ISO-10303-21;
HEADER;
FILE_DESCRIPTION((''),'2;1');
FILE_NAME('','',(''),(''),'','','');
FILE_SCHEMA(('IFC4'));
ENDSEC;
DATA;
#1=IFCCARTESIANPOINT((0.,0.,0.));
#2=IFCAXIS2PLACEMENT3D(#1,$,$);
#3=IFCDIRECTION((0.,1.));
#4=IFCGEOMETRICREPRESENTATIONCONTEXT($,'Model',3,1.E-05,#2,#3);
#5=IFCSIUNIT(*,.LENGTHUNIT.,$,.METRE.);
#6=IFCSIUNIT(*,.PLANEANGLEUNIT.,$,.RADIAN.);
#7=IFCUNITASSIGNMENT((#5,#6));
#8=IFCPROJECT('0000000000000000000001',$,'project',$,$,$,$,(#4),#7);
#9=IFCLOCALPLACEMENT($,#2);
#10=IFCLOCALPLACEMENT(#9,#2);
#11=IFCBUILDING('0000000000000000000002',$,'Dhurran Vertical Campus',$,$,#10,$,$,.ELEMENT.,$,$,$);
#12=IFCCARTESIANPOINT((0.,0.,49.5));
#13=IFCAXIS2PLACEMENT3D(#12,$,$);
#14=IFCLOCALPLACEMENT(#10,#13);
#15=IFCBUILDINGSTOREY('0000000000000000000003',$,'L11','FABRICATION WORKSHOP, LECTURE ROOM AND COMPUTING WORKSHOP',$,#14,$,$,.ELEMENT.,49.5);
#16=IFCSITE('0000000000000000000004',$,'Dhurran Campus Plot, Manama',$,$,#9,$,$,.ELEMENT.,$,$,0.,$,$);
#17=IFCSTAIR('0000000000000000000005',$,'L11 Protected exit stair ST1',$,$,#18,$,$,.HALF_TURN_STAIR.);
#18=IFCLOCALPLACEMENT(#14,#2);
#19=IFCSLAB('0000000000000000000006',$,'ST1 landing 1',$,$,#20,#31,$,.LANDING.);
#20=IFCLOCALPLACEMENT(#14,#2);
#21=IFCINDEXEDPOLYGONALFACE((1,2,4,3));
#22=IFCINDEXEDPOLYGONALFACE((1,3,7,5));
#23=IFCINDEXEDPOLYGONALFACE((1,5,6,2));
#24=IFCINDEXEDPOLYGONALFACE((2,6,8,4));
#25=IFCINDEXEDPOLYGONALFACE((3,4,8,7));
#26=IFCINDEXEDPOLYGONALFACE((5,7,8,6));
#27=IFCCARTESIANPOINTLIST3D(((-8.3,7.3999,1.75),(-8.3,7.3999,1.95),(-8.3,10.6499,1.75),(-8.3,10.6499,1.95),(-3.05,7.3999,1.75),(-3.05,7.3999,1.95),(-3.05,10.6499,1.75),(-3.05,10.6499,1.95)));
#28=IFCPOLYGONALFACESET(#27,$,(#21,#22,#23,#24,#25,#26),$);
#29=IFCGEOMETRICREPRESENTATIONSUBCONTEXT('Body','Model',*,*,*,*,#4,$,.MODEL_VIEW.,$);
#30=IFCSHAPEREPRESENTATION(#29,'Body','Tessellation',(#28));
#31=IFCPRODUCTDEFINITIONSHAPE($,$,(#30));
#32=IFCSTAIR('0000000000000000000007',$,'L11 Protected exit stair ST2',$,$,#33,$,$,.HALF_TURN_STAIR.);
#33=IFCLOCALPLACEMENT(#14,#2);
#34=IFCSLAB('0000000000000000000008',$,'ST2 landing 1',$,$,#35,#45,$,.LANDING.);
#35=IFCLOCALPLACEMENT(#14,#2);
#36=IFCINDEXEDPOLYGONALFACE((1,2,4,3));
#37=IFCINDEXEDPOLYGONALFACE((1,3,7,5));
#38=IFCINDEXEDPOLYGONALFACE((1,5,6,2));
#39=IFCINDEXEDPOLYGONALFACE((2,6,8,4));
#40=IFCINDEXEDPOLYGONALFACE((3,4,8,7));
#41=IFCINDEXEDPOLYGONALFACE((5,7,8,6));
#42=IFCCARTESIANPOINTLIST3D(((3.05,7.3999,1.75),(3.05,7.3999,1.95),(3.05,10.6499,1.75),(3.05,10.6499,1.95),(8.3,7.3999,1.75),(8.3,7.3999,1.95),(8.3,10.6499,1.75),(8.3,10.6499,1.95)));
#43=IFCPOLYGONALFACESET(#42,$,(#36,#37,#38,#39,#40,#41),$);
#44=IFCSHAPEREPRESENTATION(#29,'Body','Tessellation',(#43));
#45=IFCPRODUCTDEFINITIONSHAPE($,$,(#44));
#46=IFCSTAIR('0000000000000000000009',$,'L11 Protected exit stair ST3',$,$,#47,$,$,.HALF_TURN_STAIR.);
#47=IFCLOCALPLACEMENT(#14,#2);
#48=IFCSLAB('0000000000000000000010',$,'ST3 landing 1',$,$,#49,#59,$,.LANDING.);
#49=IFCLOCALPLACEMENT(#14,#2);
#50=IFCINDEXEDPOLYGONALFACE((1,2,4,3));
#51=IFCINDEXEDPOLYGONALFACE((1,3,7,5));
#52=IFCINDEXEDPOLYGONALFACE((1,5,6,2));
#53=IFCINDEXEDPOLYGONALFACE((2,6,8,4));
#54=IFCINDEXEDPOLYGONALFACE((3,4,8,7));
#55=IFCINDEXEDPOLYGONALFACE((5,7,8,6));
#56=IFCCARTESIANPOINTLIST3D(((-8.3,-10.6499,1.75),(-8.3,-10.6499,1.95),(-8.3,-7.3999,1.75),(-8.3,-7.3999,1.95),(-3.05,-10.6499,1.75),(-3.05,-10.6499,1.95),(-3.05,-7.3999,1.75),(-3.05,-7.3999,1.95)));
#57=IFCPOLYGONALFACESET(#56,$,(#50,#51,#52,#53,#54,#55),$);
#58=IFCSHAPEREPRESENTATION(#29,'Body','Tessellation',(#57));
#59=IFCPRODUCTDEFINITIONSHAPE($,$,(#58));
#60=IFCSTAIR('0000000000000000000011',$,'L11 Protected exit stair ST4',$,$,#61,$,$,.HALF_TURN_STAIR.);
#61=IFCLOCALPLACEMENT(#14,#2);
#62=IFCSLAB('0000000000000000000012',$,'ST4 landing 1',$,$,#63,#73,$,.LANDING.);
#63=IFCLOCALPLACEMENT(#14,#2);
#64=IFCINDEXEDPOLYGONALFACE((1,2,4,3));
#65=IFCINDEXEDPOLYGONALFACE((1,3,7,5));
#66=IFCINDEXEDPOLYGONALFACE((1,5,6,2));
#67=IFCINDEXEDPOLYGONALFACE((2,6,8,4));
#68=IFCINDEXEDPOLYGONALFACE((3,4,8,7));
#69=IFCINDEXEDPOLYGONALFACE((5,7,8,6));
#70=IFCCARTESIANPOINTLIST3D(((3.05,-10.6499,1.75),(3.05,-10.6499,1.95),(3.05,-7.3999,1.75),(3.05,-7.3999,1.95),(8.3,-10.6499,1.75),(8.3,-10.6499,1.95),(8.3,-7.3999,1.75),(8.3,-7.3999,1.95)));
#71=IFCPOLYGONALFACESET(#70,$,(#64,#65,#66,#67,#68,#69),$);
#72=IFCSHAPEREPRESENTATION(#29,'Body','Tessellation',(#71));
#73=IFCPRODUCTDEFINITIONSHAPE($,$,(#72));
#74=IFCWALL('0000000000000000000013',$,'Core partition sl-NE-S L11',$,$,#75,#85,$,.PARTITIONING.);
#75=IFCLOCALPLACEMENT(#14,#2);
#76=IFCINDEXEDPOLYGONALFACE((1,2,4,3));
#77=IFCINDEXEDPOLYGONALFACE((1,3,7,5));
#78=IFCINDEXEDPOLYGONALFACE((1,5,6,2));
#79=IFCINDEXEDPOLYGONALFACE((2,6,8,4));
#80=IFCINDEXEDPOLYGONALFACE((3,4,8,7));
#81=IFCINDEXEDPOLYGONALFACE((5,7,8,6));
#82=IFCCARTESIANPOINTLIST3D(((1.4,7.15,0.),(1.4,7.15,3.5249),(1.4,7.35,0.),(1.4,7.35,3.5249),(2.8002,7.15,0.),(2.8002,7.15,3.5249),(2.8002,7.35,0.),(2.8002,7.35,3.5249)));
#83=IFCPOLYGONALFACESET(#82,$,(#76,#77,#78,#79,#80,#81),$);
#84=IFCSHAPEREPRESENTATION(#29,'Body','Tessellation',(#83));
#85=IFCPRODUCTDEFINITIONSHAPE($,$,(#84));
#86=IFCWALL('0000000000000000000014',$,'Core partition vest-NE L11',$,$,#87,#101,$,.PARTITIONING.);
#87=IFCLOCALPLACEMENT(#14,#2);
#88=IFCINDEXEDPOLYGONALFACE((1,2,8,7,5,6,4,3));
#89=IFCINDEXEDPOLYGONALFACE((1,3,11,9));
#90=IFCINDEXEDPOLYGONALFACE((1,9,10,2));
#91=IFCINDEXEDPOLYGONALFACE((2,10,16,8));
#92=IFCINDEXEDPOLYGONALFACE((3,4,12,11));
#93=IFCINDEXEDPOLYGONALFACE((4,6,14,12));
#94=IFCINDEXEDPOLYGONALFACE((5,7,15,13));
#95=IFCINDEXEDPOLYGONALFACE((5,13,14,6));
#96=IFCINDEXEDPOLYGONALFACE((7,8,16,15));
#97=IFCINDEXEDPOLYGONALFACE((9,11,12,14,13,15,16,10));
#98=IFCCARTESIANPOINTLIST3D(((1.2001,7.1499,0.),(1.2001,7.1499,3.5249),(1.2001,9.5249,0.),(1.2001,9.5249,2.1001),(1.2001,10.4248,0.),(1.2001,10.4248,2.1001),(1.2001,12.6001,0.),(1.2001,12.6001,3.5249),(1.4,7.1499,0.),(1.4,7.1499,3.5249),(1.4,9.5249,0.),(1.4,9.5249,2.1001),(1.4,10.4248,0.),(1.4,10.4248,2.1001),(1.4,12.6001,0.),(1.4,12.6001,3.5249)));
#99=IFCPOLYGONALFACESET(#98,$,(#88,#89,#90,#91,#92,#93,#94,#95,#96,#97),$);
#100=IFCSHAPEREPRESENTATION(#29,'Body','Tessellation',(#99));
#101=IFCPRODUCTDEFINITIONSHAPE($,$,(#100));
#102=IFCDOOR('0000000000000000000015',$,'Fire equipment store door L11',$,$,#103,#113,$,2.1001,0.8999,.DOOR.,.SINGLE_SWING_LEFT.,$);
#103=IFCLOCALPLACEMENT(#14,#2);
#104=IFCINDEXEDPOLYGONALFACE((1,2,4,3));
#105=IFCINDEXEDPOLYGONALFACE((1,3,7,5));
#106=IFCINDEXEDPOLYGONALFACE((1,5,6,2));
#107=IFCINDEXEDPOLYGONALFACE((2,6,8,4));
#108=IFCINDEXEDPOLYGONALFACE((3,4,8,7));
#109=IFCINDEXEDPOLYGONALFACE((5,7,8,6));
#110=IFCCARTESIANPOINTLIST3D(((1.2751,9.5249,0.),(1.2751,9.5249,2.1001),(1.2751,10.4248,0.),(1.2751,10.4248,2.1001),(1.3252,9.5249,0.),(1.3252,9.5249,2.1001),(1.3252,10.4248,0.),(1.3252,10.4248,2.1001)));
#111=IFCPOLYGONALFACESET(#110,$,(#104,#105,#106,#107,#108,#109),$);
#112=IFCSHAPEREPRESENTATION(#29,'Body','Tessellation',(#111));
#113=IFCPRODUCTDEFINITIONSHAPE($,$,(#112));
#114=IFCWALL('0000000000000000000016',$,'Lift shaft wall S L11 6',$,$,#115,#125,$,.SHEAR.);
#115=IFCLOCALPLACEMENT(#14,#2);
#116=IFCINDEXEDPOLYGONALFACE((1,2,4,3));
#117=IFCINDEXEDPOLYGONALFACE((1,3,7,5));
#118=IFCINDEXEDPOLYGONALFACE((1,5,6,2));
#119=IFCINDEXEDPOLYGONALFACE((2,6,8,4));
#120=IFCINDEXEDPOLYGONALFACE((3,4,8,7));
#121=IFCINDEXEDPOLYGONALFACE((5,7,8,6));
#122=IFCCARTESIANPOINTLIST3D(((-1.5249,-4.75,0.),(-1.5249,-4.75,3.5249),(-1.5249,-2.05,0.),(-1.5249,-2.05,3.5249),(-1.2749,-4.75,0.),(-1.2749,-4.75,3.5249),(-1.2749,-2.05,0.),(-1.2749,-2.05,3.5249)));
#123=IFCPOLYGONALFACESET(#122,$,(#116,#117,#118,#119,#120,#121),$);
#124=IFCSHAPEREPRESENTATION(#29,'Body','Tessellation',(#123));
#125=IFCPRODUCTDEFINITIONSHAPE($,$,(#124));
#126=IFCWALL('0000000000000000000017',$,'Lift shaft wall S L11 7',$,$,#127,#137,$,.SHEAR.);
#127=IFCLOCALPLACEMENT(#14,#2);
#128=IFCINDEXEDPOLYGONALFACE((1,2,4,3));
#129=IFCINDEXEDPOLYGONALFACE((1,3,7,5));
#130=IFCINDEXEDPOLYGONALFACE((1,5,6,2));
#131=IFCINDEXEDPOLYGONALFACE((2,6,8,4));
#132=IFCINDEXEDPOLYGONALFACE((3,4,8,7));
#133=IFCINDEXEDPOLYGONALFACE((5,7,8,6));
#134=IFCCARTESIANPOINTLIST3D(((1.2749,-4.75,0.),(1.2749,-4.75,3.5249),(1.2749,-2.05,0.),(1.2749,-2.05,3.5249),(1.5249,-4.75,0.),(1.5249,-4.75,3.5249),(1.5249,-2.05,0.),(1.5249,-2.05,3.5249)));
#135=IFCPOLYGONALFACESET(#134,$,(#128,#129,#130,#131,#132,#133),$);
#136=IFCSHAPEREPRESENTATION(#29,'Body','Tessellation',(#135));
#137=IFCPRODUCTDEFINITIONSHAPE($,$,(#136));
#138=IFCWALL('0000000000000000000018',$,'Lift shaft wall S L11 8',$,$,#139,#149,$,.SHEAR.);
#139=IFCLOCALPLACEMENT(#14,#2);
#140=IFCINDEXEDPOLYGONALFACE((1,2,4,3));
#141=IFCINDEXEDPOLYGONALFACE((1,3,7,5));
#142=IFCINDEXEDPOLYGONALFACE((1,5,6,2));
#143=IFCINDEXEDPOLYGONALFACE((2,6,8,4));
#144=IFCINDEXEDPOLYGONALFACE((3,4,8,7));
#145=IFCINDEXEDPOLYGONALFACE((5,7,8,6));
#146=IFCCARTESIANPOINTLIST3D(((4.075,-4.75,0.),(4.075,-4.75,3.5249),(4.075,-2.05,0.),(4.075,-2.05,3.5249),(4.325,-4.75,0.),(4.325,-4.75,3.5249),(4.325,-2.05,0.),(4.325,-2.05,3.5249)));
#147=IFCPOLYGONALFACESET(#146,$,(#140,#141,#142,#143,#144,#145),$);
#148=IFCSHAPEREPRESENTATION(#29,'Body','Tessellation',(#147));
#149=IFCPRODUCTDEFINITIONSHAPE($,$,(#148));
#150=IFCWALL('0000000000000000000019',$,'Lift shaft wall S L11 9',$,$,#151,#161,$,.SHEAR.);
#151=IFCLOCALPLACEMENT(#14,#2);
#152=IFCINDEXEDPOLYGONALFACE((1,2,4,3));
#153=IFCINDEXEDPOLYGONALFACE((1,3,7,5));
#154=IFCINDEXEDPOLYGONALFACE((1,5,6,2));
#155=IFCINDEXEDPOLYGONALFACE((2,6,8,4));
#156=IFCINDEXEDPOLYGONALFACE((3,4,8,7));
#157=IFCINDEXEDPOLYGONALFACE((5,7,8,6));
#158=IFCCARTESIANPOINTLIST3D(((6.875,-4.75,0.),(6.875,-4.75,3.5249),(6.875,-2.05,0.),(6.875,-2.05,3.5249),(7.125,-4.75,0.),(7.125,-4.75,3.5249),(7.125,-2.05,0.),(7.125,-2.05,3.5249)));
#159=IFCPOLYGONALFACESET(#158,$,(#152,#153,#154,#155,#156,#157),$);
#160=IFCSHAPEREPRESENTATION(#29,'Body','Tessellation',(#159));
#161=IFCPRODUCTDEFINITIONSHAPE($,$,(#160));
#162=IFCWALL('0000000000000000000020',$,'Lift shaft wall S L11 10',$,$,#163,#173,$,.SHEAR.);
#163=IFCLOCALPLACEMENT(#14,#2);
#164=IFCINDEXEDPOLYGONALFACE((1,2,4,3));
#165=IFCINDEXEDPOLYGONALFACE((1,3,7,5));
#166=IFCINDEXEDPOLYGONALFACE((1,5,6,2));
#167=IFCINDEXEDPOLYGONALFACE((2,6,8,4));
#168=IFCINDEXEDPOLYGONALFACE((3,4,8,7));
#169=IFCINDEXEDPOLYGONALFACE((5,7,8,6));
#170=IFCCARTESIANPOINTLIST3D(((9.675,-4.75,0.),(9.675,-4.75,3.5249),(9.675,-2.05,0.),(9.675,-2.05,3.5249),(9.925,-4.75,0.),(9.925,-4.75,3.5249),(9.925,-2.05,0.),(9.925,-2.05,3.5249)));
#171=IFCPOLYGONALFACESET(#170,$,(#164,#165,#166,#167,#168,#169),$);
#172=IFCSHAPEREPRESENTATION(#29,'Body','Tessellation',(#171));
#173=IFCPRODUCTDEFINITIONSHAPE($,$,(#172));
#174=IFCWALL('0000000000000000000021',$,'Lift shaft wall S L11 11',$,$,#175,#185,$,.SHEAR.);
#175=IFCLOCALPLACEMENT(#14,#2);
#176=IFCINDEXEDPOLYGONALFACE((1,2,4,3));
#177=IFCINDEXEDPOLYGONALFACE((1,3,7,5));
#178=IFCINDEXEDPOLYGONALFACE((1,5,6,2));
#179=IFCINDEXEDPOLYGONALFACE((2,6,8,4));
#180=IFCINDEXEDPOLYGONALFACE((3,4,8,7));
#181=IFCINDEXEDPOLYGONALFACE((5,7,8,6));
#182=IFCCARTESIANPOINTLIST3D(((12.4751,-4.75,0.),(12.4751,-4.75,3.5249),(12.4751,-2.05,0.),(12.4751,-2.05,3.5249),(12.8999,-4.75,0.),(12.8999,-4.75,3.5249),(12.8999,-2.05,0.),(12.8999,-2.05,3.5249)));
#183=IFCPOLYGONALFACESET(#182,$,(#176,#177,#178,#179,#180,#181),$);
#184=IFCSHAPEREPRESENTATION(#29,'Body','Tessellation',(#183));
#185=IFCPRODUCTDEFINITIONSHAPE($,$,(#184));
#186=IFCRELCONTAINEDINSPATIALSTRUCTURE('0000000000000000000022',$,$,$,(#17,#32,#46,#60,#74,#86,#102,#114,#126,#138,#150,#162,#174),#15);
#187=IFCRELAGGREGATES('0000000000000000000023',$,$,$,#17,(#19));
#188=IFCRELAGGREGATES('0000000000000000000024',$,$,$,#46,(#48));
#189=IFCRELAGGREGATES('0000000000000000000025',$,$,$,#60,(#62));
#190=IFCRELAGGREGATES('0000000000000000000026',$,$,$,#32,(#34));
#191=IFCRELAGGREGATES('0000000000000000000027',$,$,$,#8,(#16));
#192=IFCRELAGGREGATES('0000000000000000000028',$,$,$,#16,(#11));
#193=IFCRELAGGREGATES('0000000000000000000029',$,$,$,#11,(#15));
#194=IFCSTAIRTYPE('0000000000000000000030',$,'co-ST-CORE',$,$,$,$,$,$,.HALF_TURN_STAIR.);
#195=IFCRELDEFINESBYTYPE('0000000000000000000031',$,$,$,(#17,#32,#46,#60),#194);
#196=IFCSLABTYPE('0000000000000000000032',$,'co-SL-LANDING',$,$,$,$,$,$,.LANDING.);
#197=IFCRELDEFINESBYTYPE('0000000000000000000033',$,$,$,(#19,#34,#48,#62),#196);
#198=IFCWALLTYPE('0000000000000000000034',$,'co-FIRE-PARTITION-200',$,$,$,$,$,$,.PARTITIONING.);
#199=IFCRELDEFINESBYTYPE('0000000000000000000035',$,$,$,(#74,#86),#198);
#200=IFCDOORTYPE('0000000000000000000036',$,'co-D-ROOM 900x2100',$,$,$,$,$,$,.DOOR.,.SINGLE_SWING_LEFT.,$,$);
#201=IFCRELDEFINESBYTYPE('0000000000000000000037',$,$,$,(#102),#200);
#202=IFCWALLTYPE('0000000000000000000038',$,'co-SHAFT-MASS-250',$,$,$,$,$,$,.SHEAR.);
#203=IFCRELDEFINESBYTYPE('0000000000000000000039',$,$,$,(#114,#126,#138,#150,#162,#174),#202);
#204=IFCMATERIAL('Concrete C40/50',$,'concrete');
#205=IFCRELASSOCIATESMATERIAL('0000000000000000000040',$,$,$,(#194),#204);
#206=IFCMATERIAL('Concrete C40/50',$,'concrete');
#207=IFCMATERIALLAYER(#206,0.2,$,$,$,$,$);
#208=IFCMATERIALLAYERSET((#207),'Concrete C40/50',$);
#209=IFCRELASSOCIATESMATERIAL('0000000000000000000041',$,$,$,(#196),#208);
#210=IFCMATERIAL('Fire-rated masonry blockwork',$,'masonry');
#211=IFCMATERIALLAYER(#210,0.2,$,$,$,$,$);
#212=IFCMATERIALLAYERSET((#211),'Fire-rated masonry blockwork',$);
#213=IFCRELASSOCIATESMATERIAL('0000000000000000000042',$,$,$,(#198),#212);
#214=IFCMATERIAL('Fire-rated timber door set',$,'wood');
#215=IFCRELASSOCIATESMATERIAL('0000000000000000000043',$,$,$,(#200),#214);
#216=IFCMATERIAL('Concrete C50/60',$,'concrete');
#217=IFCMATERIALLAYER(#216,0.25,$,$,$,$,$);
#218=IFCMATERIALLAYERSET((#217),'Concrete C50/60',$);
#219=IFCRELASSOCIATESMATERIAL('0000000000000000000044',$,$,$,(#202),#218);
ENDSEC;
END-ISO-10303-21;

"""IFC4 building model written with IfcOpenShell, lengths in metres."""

from ifc_helpers import new_model, si_unit, direction, frame, frame_2d, origin, place, context, subcontext, project, spatial, polyline, rectangle, outline, extrude, material, layer, layer_set, type_object, element, fill, aggregate, save


model = new_model("IFC4")

# Units and contexts
model_context = context("Model", 3, precision=1e-05, world=origin(), true_north=direction((0.0, 1.0)))
body_context = subcontext(model_context, "Body", "Model", "MODEL_VIEW")
ifc_project = project(units=[si_unit("LENGTHUNIT", "METRE"), si_unit("PLANEANGLEUNIT", "RADIAN")], contexts=[model_context])

# Site, building, storey
site_placement = place(None, origin())
site = spatial("IfcSite", under=ifc_project, at=site_placement, Name="Dhurran Campus Plot, Manama", CompositionType="ELEMENT", RefElevation=0.0)
building_placement = place(site_placement, origin())
building = spatial("IfcBuilding", under=site, at=building_placement, Name="Dhurran Vertical Campus", CompositionType="ELEMENT")
storey_placement = place(building_placement, frame((0.0, 0.0, 49.5)))
storey = spatial("IfcBuildingStorey", under=building, at=storey_placement, Name="L11", Description="FABRICATION WORKSHOP, LECTURE ROOM AND COMPUTING WORKSHOP", CompositionType="ELEMENT", Elevation=49.5)

# Stairs, slabs
ifc_material_1 = material(Name="Concrete C40/50", Category="concrete")
stair_type = type_object("IfcStairType", Name="co-ST-CORE", PredefinedType="HALF_TURN_STAIR", material=ifc_material_1)
stair_1_placement = place(storey_placement, origin())
stair_1 = element("IfcStair", 1, at=stair_1_placement, inside=storey, type_object=stair_type, Name="L11 Protected exit stair ST1", PredefinedType="HALF_TURN_STAIR")
ifc_material_2 = material(Name="Concrete C40/50", Category="concrete")
ifc_layer_1 = layer(ifc_material_2, 0.2)
ifc_layer_set_1 = layer_set([ifc_layer_1], Name="Concrete C40/50")
slab_type = type_object("IfcSlabType", Name="co-SL-LANDING", PredefinedType="LANDING", material=ifc_layer_set_1)
slab_1_placement = place(storey_placement, frame((0.0, 0.0, 1.75)))
slab_1 = element("IfcSlab", 2, at=slab_1_placement, type_object=slab_type, Name="ST1 landing 1", PredefinedType="LANDING", context=body_context, shape_type="SweptSolid", body=[
    extrude(outline(polyline([(-8.3, 7.3999), (-3.05, 7.3999), (-3.05, 10.6499), (-8.3, 10.6499), (-8.3, 7.3999)])), origin(), (0.0, 0.0, 1.0), 0.2),
])
aggregate(stair_1, [slab_1])
stair_2_placement = place(storey_placement, origin())
stair_2 = element("IfcStair", 3, at=stair_2_placement, inside=storey, type_object=stair_type, Name="L11 Protected exit stair ST2", PredefinedType="HALF_TURN_STAIR")
slab_2_placement = place(storey_placement, frame((0.0, 0.0, 1.75)))
slab_2 = element("IfcSlab", 4, at=slab_2_placement, type_object=slab_type, Name="ST2 landing 1", PredefinedType="LANDING", context=body_context, shape_type="SweptSolid", body=[
    extrude(outline(polyline([(8.3, 10.6499), (3.05, 10.6499), (3.05, 7.3999), (8.3, 7.3999), (8.3, 10.6499)])), origin(), (0.0, 0.0, 1.0), 0.2),
])
stair_3_placement = place(storey_placement, origin())
stair_3 = element("IfcStair", 5, at=stair_3_placement, inside=storey, type_object=stair_type, Name="L11 Protected exit stair ST3", PredefinedType="HALF_TURN_STAIR")
slab_3_placement = place(storey_placement, frame((0.0, 0.0, 1.75)))
slab_3 = element("IfcSlab", 6, at=slab_3_placement, type_object=slab_type, Name="ST3 landing 1", PredefinedType="LANDING", context=body_context, shape_type="SweptSolid", body=[
    extrude(outline(polyline([(-8.3, -10.6499), (-3.05, -10.6499), (-3.05, -7.3999), (-8.3, -7.3999), (-8.3, -10.6499)])), origin(), (0.0, 0.0, 1.0), 0.2),
])
aggregate(stair_3, [slab_3])
stair_4_placement = place(storey_placement, origin())
stair_4 = element("IfcStair", 7, at=stair_4_placement, inside=storey, type_object=stair_type, Name="L11 Protected exit stair ST4", PredefinedType="HALF_TURN_STAIR")
slab_4_placement = place(storey_placement, frame((0.0, 0.0, 1.75)))
slab_4 = element("IfcSlab", 8, at=slab_4_placement, type_object=slab_type, Name="ST4 landing 1", PredefinedType="LANDING", context=body_context, shape_type="SweptSolid", body=[
    extrude(outline(polyline([(8.3, -7.3999), (3.05, -7.3999), (3.05, -10.6499), (8.3, -10.6499), (8.3, -7.3999)])), origin(), (0.0, 0.0, 1.0), 0.2),
])
aggregate(stair_4, [slab_4])

# Wall
ifc_material_3 = material(Name="Fire-rated masonry blockwork", Category="masonry")
ifc_layer_2 = layer(ifc_material_3, 0.2)
ifc_layer_set_2 = layer_set([ifc_layer_2], Name="Fire-rated masonry blockwork")
wall_type_1 = type_object("IfcWallType", Name="co-FIRE-PARTITION-200", PredefinedType="PARTITIONING", material=ifc_layer_set_2)
wall_1_placement = place(storey_placement, frame((1.3999, 7.25, 0.0), z_axis=(0.0, 0.0, 1.0), x_axis=(1.0, 0.0, 0.0)))
element("IfcWall", 9, at=wall_1_placement, inside=storey, type_object=wall_type_1, Name="Core partition sl-NE-S L11", PredefinedType="PARTITIONING", context=body_context, shape_type="SweptSolid", body=[
    extrude(rectangle(XDim=1.4001, YDim=0.2, at=frame_2d((0.7002, 0.0))), origin(), (0.0, 0.0, 1.0), 3.5249),
])

# Wall, opening, door
wall_2_placement = place(storey_placement, frame((1.3, 7.1499, 0.0), z_axis=(0.0, 0.0, 1.0), x_axis=(0.0, 1.0, 0.0)))
wall_2 = element("IfcWall", 10, at=wall_2_placement, inside=storey, type_object=wall_type_1, Name="Core partition vest-NE L11", PredefinedType="PARTITIONING", context=body_context, shape_type="SweptSolid", body=[
    extrude(rectangle(XDim=5.4502, YDim=0.2, at=frame_2d((2.7251, 0.0))), origin(), (0.0, 0.0, 1.0), 3.5249),
])
opening_1_placement = place(wall_2_placement, frame((2.375, 0.0, 0.0)))
opening_1 = element("IfcOpeningElement", 11, at=opening_1_placement, cuts=wall_2, PredefinedType="OPENING", context=body_context, shape_type="SweptSolid", body=[
    extrude(rectangle(XDim=0.8999, YDim=2.1001, at=frame_2d((0.45, 1.05))), frame((0.0, 0.1099, 0.0), z_axis=(0.0, -1.0, 0.0), x_axis=(1.0, 0.0, 0.0)), (0.0, 0.0, 1.0), 0.22),
])
ifc_material_4 = material(Name="Fire-rated timber door set", Category="wood")
door_type_1 = type_object("IfcDoorType", Name="co-D-ROOM 900x2100", OperationType="SINGLE_SWING_LEFT", PredefinedType="DOOR", material=ifc_material_4)
door_1_placement = place(opening_1_placement, origin())
door_1 = element("IfcDoor", 12, at=door_1_placement, inside=storey, type_object=door_type_1, Name="Fire equipment store door L11", OperationType="SINGLE_SWING_LEFT", OverallHeight=2.1001, OverallWidth=0.8999, PredefinedType="DOOR", context=body_context, shape_type="SweptSolid", body=[
    extrude(rectangle(XDim=0.8999, YDim=2.1001, at=frame_2d((0.45, 1.05))), frame((0.0, 0.0249, 0.0), z_axis=(0.0, -1.0, 0.0), x_axis=(1.0, 0.0, 0.0)), (0.0, 0.0, 1.0), 0.05),
])
fill(opening_1, door_1)

# Walls
ifc_material_5 = material(Name="Concrete C50/60", Category="concrete")
ifc_layer_3 = layer(ifc_material_5, 0.25)
ifc_layer_set_3 = layer_set([ifc_layer_3], Name="Concrete C50/60")
wall_type_2 = type_object("IfcWallType", Name="co-SHAFT-MASS-250", PredefinedType="SHEAR", material=ifc_layer_set_3)
wall_3_placement = place(storey_placement, origin())
element("IfcWall", 13, at=wall_3_placement, inside=storey, type_object=wall_type_2, Name="Lift shaft wall S L11 6", PredefinedType="SHEAR", context=body_context, shape_type="SweptSolid", body=[
    extrude(outline(polyline([(-1.5249, -4.75), (-1.2749, -4.75), (-1.2749, -2.05), (-1.5249, -2.05), (-1.5249, -4.75)])), origin(), (0.0, 0.0, 1.0), 3.5249),
])
wall_4_placement = place(storey_placement, origin())
element("IfcWall", 14, at=wall_4_placement, inside=storey, type_object=wall_type_2, Name="Lift shaft wall S L11 7", PredefinedType="SHEAR", context=body_context, shape_type="SweptSolid", body=[
    extrude(outline(polyline([(1.2749, -4.75), (1.5249, -4.75), (1.5249, -2.05), (1.2749, -2.05), (1.2749, -4.75)])), origin(), (0.0, 0.0, 1.0), 3.5249),
])
wall_5_placement = place(storey_placement, origin())
element("IfcWall", 15, at=wall_5_placement, inside=storey, type_object=wall_type_2, Name="Lift shaft wall S L11 8", PredefinedType="SHEAR", context=body_context, shape_type="SweptSolid", body=[
    extrude(outline(polyline([(4.075, -4.75), (4.325, -4.75), (4.325, -2.05), (4.075, -2.05), (4.075, -4.75)])), origin(), (0.0, 0.0, 1.0), 3.5249),
])
wall_6_placement = place(storey_placement, origin())
element("IfcWall", 16, at=wall_6_placement, inside=storey, type_object=wall_type_2, Name="Lift shaft wall S L11 9", PredefinedType="SHEAR", context=body_context, shape_type="SweptSolid", body=[
    extrude(outline(polyline([(6.875, -4.75), (7.125, -4.75), (7.125, -2.05), (6.875, -2.05), (6.875, -4.75)])), origin(), (0.0, 0.0, 1.0), 3.5249),
])
wall_7_placement = place(storey_placement, origin())
element("IfcWall", 17, at=wall_7_placement, inside=storey, type_object=wall_type_2, Name="Lift shaft wall S L11 10", PredefinedType="SHEAR", context=body_context, shape_type="SweptSolid", body=[
    extrude(outline(polyline([(9.675, -4.75), (9.925, -4.75), (9.925, -2.05), (9.675, -2.05), (9.675, -4.75)])), origin(), (0.0, 0.0, 1.0), 3.5249),
])
wall_8_placement = place(storey_placement, origin())
element("IfcWall", 18, at=wall_8_placement, inside=storey, type_object=wall_type_2, Name="Lift shaft wall S L11 11", PredefinedType="SHEAR", context=body_context, shape_type="SweptSolid", body=[
    extrude(outline(polyline([(12.4751, -4.75), (12.8999, -4.75), (12.8999, -2.05), (12.4751, -2.05), (12.4751, -4.75)])), origin(), (0.0, 0.0, 1.0), 3.5249),
])

aggregate(stair_2, [slab_2])

save(model, "model.ifc")
